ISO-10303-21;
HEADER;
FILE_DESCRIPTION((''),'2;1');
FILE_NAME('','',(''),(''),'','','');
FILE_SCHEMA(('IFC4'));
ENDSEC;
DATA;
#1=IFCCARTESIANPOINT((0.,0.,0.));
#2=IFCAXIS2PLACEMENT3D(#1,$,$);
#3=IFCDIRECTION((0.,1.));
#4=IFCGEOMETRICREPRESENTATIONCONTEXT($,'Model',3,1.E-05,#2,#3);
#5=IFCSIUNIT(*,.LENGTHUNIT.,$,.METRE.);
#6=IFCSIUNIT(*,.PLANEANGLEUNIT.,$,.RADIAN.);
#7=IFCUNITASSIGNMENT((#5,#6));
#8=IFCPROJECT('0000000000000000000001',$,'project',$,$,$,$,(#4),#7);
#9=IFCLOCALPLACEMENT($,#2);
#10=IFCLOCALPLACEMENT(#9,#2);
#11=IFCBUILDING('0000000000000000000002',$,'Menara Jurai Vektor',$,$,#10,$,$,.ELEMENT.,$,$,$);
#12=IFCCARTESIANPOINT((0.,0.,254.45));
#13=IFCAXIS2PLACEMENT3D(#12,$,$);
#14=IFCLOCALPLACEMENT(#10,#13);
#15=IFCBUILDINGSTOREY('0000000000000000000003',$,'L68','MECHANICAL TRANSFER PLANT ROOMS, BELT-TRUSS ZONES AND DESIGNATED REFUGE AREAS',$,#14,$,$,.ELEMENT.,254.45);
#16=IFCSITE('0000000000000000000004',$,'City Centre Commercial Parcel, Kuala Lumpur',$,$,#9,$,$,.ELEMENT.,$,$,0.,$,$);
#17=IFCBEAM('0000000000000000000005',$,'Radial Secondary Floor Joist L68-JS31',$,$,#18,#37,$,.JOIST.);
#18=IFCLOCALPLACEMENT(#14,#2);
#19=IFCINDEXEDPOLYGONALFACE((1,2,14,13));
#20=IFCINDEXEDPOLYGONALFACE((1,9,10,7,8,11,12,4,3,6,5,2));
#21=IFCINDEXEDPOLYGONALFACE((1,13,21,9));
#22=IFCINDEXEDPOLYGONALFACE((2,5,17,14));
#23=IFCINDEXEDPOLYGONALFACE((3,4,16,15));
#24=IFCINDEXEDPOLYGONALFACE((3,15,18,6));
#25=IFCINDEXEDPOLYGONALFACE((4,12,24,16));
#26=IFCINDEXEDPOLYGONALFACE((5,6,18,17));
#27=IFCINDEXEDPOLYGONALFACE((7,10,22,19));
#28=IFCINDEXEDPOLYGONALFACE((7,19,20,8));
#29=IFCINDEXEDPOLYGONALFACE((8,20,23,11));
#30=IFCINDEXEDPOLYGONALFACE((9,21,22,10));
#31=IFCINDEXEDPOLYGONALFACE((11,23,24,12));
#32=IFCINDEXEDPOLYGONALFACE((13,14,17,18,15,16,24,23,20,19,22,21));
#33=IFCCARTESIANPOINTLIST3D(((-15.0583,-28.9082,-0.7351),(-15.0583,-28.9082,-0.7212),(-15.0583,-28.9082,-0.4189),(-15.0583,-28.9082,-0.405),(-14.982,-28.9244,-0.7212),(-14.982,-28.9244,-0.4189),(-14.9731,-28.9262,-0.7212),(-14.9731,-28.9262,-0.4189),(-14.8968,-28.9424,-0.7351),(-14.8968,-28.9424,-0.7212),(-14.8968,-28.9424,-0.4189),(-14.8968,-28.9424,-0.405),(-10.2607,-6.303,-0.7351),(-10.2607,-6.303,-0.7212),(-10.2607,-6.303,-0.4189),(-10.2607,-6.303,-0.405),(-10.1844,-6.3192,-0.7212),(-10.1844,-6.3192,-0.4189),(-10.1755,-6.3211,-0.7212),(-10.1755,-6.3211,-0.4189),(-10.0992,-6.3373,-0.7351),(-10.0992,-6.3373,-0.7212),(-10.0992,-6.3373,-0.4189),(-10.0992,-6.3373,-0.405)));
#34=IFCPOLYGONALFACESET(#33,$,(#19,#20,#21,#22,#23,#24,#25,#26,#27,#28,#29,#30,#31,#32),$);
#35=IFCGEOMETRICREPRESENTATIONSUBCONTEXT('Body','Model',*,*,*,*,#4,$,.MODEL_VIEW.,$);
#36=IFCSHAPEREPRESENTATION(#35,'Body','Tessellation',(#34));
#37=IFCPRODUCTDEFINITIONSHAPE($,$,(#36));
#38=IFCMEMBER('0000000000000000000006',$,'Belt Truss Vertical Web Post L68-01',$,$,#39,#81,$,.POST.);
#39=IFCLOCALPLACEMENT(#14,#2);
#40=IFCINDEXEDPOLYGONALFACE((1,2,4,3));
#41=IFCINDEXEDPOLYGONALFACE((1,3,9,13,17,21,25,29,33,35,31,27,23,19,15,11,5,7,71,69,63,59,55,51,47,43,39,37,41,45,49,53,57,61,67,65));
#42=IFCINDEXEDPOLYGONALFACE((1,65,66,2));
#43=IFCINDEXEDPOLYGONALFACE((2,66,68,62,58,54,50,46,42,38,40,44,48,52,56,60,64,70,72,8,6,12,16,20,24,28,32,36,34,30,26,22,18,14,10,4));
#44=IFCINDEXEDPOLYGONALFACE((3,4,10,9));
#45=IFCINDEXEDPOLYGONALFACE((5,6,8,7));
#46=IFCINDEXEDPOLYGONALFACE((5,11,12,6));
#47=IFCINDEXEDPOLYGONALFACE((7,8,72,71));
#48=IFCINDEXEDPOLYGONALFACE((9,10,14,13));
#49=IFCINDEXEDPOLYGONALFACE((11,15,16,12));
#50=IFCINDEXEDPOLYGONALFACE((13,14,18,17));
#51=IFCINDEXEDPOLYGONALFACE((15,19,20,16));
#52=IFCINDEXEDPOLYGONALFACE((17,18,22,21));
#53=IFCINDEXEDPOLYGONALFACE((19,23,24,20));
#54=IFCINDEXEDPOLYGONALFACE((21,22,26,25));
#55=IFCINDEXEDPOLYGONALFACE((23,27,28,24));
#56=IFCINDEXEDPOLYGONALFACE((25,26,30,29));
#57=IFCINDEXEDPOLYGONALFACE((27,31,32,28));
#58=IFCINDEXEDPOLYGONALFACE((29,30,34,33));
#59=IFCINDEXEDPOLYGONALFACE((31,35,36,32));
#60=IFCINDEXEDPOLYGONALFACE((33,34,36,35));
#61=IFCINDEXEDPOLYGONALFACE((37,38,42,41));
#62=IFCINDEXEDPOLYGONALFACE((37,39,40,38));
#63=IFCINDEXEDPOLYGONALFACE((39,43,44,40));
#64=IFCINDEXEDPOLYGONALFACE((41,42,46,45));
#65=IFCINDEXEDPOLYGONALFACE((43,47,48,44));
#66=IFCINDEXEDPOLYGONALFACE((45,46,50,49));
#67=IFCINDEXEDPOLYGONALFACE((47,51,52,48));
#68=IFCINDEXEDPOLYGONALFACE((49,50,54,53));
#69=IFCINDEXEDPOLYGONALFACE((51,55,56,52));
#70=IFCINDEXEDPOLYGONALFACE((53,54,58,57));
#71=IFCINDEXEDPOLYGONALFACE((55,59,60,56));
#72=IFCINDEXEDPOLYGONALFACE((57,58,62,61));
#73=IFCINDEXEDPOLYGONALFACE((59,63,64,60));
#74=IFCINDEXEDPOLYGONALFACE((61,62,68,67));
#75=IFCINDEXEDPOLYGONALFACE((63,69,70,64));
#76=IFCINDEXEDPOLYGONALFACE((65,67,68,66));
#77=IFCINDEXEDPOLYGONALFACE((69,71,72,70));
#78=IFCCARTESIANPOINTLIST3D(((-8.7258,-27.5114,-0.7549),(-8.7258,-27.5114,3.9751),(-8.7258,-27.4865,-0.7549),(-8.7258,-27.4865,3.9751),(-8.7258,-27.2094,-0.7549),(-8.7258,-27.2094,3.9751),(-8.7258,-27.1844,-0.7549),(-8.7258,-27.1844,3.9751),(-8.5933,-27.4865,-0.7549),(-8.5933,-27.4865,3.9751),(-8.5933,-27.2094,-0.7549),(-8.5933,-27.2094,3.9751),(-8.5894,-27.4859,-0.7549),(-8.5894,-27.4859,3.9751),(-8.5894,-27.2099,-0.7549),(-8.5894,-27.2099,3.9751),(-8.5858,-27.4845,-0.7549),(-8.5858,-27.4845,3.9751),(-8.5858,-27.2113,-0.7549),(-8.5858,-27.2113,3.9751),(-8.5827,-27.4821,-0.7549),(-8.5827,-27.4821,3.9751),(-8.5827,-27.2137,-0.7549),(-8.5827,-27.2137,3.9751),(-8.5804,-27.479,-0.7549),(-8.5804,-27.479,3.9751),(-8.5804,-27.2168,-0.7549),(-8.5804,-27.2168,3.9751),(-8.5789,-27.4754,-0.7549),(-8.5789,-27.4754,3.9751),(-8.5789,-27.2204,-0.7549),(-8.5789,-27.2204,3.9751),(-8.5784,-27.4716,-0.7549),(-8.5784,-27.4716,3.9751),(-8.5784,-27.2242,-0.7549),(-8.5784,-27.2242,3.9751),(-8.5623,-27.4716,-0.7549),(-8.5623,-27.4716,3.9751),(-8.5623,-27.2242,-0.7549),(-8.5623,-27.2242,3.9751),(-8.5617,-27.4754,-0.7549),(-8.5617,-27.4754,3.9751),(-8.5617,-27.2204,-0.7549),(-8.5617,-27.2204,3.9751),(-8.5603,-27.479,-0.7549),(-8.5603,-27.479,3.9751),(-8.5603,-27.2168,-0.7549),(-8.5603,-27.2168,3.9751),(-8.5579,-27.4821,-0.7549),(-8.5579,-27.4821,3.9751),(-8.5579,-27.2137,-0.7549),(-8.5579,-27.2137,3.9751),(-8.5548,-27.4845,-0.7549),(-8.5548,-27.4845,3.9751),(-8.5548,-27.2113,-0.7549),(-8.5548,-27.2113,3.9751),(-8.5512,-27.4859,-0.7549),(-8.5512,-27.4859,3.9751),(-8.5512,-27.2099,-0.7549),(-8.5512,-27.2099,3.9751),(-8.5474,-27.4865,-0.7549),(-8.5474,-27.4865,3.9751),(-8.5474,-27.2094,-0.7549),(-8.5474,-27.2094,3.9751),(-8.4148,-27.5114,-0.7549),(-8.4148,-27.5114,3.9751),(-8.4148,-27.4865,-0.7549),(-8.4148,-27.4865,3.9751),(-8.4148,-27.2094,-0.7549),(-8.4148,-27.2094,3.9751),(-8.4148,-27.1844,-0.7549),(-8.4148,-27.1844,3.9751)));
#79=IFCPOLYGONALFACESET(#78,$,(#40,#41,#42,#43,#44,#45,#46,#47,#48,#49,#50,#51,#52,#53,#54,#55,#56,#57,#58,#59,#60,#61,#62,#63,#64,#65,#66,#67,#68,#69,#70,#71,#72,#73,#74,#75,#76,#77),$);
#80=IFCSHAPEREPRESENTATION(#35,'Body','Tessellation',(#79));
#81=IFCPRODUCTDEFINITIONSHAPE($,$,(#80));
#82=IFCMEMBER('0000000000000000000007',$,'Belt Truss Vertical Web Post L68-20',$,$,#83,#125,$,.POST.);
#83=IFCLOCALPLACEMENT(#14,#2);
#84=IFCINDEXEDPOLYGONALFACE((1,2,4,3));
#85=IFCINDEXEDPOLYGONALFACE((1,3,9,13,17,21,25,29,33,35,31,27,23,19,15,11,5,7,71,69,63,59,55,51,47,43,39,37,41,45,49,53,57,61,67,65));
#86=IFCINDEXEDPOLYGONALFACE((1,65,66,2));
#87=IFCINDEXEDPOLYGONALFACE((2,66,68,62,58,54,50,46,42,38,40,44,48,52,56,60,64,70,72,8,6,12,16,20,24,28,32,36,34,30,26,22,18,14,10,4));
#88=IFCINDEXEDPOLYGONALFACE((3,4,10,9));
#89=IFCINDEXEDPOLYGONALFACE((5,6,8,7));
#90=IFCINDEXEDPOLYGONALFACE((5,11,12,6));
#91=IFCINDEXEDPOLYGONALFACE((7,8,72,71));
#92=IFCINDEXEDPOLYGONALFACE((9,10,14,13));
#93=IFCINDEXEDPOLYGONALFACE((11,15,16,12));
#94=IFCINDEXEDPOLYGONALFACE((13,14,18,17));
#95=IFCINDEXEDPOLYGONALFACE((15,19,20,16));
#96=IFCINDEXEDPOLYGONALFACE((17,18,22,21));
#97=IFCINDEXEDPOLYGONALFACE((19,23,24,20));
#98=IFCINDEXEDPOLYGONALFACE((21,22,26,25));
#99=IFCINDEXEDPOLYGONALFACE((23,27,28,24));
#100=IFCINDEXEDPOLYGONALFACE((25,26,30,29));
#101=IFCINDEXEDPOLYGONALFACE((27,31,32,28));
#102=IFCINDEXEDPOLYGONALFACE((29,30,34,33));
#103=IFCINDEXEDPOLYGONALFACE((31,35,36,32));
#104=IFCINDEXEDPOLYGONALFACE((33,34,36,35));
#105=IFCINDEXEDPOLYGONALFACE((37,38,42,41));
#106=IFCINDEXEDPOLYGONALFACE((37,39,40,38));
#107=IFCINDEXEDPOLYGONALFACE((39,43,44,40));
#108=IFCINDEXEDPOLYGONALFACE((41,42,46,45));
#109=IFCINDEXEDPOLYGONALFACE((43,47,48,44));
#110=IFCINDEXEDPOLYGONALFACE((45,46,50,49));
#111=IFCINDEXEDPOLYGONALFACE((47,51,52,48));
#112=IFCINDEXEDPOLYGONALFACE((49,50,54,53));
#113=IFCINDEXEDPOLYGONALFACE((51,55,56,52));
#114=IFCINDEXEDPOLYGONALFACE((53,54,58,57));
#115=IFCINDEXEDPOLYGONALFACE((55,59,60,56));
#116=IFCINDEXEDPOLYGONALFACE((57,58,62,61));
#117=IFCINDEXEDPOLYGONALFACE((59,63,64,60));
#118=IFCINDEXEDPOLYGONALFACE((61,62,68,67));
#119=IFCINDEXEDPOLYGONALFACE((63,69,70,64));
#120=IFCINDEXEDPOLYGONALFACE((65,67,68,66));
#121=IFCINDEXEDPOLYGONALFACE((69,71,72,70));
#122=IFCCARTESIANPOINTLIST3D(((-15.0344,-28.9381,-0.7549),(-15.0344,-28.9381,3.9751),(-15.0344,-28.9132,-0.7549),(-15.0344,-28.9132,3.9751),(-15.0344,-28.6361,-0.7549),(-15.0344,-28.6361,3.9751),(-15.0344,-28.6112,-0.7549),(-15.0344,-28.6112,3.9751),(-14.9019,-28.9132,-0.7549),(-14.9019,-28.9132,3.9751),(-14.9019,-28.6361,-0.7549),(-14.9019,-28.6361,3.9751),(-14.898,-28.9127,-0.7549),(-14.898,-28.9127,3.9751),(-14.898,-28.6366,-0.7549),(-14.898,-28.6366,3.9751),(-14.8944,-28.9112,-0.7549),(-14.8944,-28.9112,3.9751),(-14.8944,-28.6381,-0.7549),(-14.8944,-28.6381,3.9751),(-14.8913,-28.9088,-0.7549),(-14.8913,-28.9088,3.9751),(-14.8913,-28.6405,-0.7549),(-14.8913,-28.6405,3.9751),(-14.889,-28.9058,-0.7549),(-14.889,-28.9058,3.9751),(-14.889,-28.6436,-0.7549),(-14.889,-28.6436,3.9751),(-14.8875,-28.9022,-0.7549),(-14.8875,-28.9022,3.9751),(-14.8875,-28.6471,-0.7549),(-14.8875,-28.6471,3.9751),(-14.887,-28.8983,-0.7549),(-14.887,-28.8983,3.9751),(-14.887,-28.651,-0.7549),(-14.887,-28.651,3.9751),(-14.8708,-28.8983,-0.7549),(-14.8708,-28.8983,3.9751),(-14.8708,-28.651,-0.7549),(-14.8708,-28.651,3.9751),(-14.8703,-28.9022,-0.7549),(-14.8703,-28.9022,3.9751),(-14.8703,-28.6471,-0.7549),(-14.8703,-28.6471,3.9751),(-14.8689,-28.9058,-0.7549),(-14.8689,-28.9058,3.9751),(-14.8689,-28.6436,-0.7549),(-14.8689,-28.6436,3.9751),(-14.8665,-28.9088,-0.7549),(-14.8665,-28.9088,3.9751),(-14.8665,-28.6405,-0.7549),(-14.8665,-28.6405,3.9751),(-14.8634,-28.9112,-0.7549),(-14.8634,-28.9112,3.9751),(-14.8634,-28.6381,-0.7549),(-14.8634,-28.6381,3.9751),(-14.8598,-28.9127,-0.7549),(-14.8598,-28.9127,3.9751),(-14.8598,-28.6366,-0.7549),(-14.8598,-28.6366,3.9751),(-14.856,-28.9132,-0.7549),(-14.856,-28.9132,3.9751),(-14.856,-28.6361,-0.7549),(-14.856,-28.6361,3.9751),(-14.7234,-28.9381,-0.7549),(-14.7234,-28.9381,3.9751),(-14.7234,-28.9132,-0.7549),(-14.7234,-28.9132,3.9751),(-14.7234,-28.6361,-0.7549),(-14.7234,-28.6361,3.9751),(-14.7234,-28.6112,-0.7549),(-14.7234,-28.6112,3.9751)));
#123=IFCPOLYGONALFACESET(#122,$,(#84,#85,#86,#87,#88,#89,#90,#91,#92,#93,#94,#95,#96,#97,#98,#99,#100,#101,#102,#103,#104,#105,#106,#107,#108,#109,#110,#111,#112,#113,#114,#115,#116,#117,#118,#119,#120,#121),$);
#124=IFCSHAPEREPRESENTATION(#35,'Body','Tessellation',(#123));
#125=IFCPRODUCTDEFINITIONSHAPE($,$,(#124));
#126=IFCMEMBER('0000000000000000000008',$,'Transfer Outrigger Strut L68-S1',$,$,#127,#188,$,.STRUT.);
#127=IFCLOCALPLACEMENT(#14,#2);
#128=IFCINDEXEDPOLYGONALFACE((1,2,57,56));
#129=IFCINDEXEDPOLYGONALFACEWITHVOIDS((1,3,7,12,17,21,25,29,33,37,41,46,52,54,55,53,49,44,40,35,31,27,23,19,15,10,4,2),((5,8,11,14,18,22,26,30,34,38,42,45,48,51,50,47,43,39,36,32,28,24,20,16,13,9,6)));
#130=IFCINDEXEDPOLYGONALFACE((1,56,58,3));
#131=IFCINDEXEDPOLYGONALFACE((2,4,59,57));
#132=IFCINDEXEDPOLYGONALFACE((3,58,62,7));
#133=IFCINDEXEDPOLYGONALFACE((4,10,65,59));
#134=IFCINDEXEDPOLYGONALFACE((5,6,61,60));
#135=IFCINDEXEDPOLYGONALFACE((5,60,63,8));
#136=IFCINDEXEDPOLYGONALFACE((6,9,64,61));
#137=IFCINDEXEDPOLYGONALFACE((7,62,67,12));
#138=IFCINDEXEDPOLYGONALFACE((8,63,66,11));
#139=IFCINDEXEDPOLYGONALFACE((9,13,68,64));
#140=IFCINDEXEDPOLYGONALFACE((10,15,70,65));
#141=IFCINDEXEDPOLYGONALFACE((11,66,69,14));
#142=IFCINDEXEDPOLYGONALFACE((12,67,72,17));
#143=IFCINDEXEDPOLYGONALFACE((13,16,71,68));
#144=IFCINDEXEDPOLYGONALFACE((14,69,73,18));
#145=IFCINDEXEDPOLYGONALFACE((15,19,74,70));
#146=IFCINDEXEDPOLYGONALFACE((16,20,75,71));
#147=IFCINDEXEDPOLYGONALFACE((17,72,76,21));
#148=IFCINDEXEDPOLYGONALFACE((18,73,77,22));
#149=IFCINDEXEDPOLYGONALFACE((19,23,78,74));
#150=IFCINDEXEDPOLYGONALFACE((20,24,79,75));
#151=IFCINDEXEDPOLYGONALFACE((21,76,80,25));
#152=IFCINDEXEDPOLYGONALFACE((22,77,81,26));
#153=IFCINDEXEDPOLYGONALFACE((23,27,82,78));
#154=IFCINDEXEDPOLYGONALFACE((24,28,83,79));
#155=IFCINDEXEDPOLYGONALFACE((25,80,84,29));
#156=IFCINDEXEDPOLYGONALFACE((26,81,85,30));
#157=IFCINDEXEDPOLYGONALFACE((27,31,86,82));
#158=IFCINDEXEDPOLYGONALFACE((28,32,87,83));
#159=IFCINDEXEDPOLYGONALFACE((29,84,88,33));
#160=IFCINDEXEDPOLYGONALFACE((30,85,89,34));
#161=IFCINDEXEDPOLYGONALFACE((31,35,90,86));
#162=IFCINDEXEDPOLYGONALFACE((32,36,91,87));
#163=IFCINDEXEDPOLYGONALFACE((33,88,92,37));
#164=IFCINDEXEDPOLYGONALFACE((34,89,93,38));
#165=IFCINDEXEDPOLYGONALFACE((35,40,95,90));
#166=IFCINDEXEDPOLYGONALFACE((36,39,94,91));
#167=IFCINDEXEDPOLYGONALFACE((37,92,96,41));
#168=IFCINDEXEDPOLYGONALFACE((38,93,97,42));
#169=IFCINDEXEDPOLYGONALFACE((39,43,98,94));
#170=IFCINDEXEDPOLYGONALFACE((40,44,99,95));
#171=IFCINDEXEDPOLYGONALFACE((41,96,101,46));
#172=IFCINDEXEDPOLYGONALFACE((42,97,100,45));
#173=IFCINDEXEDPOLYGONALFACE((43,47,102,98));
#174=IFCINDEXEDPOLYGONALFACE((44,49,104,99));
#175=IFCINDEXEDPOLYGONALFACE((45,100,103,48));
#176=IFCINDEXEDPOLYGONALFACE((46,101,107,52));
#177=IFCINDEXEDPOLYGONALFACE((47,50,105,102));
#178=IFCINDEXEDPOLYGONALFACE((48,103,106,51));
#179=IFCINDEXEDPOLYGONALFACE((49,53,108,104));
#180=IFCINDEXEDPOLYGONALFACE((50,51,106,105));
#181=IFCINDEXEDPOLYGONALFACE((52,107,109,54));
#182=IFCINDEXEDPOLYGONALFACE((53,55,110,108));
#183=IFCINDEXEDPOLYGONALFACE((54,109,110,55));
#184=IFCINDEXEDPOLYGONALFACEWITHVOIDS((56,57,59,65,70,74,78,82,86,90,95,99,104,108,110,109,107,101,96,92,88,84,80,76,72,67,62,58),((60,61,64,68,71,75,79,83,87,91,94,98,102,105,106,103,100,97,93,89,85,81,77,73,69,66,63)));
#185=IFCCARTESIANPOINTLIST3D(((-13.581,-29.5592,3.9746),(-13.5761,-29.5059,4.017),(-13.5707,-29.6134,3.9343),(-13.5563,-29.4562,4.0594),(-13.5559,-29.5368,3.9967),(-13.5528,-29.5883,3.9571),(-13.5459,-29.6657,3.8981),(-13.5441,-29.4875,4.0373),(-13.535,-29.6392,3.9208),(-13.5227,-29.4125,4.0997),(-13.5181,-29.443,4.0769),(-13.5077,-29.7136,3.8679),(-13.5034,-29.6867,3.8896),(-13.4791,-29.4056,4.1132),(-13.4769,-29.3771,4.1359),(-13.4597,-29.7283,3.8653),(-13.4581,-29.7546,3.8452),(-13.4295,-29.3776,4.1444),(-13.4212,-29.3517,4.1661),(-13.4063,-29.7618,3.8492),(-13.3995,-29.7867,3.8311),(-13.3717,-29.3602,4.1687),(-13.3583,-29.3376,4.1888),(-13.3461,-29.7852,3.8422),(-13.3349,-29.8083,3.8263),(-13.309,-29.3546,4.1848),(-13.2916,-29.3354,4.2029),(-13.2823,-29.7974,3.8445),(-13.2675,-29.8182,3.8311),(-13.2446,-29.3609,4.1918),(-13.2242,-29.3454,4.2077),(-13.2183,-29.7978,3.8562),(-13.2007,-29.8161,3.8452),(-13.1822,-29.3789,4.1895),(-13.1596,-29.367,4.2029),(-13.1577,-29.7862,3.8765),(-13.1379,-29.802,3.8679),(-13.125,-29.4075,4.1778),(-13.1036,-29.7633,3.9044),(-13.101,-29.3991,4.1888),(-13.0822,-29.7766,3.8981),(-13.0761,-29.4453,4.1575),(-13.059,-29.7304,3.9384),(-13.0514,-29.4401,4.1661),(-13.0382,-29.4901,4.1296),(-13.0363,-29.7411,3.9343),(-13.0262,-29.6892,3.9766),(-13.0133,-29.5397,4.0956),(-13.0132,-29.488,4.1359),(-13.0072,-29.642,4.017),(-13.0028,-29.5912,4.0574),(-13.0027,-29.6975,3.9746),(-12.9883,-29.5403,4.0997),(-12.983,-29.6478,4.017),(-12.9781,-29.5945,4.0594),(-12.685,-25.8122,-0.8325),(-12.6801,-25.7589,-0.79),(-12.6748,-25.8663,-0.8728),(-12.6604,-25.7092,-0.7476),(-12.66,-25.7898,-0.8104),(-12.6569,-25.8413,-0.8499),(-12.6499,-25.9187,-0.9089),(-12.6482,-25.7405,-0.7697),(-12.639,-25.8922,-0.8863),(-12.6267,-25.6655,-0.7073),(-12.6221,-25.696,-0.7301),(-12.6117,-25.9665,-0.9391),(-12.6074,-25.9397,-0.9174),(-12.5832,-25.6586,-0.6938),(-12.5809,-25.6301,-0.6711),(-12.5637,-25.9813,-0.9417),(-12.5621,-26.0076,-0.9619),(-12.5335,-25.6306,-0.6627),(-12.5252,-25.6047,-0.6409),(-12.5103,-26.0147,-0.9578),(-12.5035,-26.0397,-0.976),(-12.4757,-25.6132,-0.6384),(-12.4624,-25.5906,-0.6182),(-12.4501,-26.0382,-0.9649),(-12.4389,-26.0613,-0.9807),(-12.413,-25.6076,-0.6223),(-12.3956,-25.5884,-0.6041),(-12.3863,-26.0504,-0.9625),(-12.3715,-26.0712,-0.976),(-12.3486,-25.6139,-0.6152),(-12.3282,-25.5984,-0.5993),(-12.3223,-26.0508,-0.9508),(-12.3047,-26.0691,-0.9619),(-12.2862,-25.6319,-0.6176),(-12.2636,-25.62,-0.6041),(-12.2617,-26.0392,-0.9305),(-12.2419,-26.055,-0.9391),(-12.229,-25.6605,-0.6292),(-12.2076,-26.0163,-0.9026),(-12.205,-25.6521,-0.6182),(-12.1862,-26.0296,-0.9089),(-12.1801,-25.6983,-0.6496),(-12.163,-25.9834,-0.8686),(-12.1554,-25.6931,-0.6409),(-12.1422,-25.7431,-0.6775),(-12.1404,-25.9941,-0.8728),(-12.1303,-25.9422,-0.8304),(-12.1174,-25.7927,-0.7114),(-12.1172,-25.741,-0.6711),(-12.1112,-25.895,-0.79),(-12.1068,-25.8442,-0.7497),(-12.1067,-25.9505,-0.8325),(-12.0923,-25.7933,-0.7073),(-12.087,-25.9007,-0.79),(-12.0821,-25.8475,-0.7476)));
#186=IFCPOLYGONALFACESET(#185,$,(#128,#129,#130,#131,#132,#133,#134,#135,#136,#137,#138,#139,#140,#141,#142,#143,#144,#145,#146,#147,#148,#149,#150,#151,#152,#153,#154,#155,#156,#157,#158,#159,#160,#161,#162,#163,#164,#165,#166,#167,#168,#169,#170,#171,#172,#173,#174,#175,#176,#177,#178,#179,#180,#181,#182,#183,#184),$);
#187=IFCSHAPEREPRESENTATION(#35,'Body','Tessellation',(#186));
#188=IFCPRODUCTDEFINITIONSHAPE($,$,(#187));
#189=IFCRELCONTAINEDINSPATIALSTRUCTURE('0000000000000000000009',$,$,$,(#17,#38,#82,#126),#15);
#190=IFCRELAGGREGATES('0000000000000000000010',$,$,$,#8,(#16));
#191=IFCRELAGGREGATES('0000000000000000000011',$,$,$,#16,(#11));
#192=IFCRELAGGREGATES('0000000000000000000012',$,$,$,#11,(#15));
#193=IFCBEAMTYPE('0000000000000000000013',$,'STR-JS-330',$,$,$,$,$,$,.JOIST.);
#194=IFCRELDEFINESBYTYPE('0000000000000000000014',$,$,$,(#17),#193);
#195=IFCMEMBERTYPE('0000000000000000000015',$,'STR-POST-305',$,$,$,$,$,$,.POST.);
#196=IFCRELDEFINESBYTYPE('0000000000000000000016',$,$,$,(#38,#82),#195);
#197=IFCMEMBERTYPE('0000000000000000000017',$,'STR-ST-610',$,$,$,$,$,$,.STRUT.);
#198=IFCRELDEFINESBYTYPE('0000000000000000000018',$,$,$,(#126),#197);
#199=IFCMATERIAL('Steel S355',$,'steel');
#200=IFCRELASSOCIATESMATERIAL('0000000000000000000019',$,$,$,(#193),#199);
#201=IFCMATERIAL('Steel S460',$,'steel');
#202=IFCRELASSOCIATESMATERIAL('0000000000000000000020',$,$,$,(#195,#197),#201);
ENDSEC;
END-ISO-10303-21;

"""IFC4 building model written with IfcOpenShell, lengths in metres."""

from ifc_helpers import new_model, si_unit, direction, frame, origin, origin_2d, place, context, subcontext, project, spatial, hollow_circle, i_section, extrude, material, material_profile, profile_set, type_object, element, save


model = new_model("IFC4")

# Units and contexts
model_context = context("Model", 3, precision=1e-05, world=origin(), true_north=direction((0.0, 1.0)))
body_context = subcontext(model_context, "Body", "Model", "MODEL_VIEW")
ifc_project = project(units=[si_unit("LENGTHUNIT", "METRE"), si_unit("PLANEANGLEUNIT", "RADIAN")], contexts=[model_context])

# Site, building, storey
site_placement = place(None, origin())
site = spatial("IfcSite", under=ifc_project, at=site_placement, Name="City Centre Commercial Parcel, Kuala Lumpur", CompositionType="ELEMENT", RefElevation=0.0)
building_placement = place(site_placement, origin())
building = spatial("IfcBuilding", under=site, at=building_placement, Name="Menara Jurai Vektor", CompositionType="ELEMENT")
storey_placement = place(building_placement, frame((0.0, 0.0, 254.45)))
storey = spatial("IfcBuildingStorey", under=building, at=storey_placement, Name="L68", Description="MECHANICAL TRANSFER PLANT ROOMS, BELT-TRUSS ZONES AND DESIGNATED REFUGE AREAS", CompositionType="ELEMENT", Elevation=254.45)

# Shared definitions
ifc_material_1 = material(Name="Steel S460", Category="steel")

# Beam
ifc_material_2 = material(Name="Steel S355", Category="steel")
ifc_material_profile_1 = material_profile(ifc_material_2, i_section(OverallWidth=0.165, OverallDepth=0.3301, WebThickness=0.009, FlangeThickness=0.0139, at=origin_2d()), Name="PG 330x165x46")
ifc_profile_set_1 = profile_set([ifc_material_profile_1], Name="Steel S355")
beam_type_1 = type_object("IfcBeamType", Name="STR-JS-330", PredefinedType="JOIST", material=ifc_profile_set_1)
beam_1_placement = place(storey_placement, frame((-14.9775, -28.9253, -0.5701), z_axis=(0.20761, 0.978212, 0.0), x_axis=(-0.978212, 0.20761, 0.0)))
element("IfcBeam", 1, at=beam_1_placement, inside=storey, type_object=beam_type_1, Name="Radial Secondary Floor Joist L68-JS31", PredefinedType="JOIST", context=body_context, shape_type="SweptSolid", body=[
    extrude(i_section(OverallWidth=0.165, OverallDepth=0.3301, WebThickness=0.009, FlangeThickness=0.0139, at=origin_2d()), origin(), (0.0, 0.0, 1.0), 23.1086),
])

# Members
ifc_material_profile_2 = material_profile(ifc_material_1, i_section(OverallWidth=0.311, OverallDepth=0.3269, WebThickness=0.0161, FlangeThickness=0.0249, FilletRadius=0.0149, at=origin_2d()), Name="UKC 305x305x158")
ifc_profile_set_2 = profile_set([ifc_material_profile_2], Name="Steel S460")
member_type_1 = type_object("IfcMemberType", Name="STR-POST-305", PredefinedType="POST", material=ifc_profile_set_2)
for number, where, z_axis, x_axis, name in (
    (2, (-8.5703, -27.3479, -0.7549), (0.0, 0.0, 1.0), (1.0, 0.0, 0.0), "Belt Truss Vertical Web Post L68-01"),
    (3, (-14.8789, -28.7747, -0.7549), (0.0, 0.0, 1.0), (1.0, 0.0, 0.0), "Belt Truss Vertical Web Post L68-20"),
):
    element("IfcMember", number, at=place(storey_placement, frame(where, z_axis=z_axis, x_axis=x_axis)), inside=storey, type_object=member_type_1, Name=name, PredefinedType="POST", context=body_context, shape_type="SweptSolid", body=[
        extrude(i_section(OverallWidth=0.311, OverallDepth=0.3269, WebThickness=0.0161, FlangeThickness=0.0249, FilletRadius=0.0149, at=origin_2d()), origin(), (0.0, 0.0, 1.0), 4.73),
    ])
ifc_material_profile_3 = material_profile(ifc_material_1, hollow_circle(Radius=0.3049, WallThickness=0.0249, at=origin_2d()), Name="CHS 610x25")
ifc_profile_set_3 = profile_set([ifc_material_profile_3], Name="Steel S460")
member_type_2 = type_object("IfcMemberType", Name="STR-ST-610", PredefinedType="STRUT", material=ifc_profile_set_3)
member_1_placement = place(storey_placement, frame((-12.3835, -25.8298, -0.79), z_axis=(-0.145442, -0.608241, 0.780314), x_axis=(0.972581, -0.232563, 0.0)))
element("IfcMember", 4, at=member_1_placement, inside=storey, type_object=member_type_2, Name="Transfer Outrigger Strut L68-S1", PredefinedType="STRUT", context=body_context, shape_type="SweptSolid", body=[
    extrude(hollow_circle(Radius=0.3049, WallThickness=0.0249, at=origin_2d()), origin(), (0.0, 0.0, 1.0), 6.1604),
])

save(model, "model.ifc")
